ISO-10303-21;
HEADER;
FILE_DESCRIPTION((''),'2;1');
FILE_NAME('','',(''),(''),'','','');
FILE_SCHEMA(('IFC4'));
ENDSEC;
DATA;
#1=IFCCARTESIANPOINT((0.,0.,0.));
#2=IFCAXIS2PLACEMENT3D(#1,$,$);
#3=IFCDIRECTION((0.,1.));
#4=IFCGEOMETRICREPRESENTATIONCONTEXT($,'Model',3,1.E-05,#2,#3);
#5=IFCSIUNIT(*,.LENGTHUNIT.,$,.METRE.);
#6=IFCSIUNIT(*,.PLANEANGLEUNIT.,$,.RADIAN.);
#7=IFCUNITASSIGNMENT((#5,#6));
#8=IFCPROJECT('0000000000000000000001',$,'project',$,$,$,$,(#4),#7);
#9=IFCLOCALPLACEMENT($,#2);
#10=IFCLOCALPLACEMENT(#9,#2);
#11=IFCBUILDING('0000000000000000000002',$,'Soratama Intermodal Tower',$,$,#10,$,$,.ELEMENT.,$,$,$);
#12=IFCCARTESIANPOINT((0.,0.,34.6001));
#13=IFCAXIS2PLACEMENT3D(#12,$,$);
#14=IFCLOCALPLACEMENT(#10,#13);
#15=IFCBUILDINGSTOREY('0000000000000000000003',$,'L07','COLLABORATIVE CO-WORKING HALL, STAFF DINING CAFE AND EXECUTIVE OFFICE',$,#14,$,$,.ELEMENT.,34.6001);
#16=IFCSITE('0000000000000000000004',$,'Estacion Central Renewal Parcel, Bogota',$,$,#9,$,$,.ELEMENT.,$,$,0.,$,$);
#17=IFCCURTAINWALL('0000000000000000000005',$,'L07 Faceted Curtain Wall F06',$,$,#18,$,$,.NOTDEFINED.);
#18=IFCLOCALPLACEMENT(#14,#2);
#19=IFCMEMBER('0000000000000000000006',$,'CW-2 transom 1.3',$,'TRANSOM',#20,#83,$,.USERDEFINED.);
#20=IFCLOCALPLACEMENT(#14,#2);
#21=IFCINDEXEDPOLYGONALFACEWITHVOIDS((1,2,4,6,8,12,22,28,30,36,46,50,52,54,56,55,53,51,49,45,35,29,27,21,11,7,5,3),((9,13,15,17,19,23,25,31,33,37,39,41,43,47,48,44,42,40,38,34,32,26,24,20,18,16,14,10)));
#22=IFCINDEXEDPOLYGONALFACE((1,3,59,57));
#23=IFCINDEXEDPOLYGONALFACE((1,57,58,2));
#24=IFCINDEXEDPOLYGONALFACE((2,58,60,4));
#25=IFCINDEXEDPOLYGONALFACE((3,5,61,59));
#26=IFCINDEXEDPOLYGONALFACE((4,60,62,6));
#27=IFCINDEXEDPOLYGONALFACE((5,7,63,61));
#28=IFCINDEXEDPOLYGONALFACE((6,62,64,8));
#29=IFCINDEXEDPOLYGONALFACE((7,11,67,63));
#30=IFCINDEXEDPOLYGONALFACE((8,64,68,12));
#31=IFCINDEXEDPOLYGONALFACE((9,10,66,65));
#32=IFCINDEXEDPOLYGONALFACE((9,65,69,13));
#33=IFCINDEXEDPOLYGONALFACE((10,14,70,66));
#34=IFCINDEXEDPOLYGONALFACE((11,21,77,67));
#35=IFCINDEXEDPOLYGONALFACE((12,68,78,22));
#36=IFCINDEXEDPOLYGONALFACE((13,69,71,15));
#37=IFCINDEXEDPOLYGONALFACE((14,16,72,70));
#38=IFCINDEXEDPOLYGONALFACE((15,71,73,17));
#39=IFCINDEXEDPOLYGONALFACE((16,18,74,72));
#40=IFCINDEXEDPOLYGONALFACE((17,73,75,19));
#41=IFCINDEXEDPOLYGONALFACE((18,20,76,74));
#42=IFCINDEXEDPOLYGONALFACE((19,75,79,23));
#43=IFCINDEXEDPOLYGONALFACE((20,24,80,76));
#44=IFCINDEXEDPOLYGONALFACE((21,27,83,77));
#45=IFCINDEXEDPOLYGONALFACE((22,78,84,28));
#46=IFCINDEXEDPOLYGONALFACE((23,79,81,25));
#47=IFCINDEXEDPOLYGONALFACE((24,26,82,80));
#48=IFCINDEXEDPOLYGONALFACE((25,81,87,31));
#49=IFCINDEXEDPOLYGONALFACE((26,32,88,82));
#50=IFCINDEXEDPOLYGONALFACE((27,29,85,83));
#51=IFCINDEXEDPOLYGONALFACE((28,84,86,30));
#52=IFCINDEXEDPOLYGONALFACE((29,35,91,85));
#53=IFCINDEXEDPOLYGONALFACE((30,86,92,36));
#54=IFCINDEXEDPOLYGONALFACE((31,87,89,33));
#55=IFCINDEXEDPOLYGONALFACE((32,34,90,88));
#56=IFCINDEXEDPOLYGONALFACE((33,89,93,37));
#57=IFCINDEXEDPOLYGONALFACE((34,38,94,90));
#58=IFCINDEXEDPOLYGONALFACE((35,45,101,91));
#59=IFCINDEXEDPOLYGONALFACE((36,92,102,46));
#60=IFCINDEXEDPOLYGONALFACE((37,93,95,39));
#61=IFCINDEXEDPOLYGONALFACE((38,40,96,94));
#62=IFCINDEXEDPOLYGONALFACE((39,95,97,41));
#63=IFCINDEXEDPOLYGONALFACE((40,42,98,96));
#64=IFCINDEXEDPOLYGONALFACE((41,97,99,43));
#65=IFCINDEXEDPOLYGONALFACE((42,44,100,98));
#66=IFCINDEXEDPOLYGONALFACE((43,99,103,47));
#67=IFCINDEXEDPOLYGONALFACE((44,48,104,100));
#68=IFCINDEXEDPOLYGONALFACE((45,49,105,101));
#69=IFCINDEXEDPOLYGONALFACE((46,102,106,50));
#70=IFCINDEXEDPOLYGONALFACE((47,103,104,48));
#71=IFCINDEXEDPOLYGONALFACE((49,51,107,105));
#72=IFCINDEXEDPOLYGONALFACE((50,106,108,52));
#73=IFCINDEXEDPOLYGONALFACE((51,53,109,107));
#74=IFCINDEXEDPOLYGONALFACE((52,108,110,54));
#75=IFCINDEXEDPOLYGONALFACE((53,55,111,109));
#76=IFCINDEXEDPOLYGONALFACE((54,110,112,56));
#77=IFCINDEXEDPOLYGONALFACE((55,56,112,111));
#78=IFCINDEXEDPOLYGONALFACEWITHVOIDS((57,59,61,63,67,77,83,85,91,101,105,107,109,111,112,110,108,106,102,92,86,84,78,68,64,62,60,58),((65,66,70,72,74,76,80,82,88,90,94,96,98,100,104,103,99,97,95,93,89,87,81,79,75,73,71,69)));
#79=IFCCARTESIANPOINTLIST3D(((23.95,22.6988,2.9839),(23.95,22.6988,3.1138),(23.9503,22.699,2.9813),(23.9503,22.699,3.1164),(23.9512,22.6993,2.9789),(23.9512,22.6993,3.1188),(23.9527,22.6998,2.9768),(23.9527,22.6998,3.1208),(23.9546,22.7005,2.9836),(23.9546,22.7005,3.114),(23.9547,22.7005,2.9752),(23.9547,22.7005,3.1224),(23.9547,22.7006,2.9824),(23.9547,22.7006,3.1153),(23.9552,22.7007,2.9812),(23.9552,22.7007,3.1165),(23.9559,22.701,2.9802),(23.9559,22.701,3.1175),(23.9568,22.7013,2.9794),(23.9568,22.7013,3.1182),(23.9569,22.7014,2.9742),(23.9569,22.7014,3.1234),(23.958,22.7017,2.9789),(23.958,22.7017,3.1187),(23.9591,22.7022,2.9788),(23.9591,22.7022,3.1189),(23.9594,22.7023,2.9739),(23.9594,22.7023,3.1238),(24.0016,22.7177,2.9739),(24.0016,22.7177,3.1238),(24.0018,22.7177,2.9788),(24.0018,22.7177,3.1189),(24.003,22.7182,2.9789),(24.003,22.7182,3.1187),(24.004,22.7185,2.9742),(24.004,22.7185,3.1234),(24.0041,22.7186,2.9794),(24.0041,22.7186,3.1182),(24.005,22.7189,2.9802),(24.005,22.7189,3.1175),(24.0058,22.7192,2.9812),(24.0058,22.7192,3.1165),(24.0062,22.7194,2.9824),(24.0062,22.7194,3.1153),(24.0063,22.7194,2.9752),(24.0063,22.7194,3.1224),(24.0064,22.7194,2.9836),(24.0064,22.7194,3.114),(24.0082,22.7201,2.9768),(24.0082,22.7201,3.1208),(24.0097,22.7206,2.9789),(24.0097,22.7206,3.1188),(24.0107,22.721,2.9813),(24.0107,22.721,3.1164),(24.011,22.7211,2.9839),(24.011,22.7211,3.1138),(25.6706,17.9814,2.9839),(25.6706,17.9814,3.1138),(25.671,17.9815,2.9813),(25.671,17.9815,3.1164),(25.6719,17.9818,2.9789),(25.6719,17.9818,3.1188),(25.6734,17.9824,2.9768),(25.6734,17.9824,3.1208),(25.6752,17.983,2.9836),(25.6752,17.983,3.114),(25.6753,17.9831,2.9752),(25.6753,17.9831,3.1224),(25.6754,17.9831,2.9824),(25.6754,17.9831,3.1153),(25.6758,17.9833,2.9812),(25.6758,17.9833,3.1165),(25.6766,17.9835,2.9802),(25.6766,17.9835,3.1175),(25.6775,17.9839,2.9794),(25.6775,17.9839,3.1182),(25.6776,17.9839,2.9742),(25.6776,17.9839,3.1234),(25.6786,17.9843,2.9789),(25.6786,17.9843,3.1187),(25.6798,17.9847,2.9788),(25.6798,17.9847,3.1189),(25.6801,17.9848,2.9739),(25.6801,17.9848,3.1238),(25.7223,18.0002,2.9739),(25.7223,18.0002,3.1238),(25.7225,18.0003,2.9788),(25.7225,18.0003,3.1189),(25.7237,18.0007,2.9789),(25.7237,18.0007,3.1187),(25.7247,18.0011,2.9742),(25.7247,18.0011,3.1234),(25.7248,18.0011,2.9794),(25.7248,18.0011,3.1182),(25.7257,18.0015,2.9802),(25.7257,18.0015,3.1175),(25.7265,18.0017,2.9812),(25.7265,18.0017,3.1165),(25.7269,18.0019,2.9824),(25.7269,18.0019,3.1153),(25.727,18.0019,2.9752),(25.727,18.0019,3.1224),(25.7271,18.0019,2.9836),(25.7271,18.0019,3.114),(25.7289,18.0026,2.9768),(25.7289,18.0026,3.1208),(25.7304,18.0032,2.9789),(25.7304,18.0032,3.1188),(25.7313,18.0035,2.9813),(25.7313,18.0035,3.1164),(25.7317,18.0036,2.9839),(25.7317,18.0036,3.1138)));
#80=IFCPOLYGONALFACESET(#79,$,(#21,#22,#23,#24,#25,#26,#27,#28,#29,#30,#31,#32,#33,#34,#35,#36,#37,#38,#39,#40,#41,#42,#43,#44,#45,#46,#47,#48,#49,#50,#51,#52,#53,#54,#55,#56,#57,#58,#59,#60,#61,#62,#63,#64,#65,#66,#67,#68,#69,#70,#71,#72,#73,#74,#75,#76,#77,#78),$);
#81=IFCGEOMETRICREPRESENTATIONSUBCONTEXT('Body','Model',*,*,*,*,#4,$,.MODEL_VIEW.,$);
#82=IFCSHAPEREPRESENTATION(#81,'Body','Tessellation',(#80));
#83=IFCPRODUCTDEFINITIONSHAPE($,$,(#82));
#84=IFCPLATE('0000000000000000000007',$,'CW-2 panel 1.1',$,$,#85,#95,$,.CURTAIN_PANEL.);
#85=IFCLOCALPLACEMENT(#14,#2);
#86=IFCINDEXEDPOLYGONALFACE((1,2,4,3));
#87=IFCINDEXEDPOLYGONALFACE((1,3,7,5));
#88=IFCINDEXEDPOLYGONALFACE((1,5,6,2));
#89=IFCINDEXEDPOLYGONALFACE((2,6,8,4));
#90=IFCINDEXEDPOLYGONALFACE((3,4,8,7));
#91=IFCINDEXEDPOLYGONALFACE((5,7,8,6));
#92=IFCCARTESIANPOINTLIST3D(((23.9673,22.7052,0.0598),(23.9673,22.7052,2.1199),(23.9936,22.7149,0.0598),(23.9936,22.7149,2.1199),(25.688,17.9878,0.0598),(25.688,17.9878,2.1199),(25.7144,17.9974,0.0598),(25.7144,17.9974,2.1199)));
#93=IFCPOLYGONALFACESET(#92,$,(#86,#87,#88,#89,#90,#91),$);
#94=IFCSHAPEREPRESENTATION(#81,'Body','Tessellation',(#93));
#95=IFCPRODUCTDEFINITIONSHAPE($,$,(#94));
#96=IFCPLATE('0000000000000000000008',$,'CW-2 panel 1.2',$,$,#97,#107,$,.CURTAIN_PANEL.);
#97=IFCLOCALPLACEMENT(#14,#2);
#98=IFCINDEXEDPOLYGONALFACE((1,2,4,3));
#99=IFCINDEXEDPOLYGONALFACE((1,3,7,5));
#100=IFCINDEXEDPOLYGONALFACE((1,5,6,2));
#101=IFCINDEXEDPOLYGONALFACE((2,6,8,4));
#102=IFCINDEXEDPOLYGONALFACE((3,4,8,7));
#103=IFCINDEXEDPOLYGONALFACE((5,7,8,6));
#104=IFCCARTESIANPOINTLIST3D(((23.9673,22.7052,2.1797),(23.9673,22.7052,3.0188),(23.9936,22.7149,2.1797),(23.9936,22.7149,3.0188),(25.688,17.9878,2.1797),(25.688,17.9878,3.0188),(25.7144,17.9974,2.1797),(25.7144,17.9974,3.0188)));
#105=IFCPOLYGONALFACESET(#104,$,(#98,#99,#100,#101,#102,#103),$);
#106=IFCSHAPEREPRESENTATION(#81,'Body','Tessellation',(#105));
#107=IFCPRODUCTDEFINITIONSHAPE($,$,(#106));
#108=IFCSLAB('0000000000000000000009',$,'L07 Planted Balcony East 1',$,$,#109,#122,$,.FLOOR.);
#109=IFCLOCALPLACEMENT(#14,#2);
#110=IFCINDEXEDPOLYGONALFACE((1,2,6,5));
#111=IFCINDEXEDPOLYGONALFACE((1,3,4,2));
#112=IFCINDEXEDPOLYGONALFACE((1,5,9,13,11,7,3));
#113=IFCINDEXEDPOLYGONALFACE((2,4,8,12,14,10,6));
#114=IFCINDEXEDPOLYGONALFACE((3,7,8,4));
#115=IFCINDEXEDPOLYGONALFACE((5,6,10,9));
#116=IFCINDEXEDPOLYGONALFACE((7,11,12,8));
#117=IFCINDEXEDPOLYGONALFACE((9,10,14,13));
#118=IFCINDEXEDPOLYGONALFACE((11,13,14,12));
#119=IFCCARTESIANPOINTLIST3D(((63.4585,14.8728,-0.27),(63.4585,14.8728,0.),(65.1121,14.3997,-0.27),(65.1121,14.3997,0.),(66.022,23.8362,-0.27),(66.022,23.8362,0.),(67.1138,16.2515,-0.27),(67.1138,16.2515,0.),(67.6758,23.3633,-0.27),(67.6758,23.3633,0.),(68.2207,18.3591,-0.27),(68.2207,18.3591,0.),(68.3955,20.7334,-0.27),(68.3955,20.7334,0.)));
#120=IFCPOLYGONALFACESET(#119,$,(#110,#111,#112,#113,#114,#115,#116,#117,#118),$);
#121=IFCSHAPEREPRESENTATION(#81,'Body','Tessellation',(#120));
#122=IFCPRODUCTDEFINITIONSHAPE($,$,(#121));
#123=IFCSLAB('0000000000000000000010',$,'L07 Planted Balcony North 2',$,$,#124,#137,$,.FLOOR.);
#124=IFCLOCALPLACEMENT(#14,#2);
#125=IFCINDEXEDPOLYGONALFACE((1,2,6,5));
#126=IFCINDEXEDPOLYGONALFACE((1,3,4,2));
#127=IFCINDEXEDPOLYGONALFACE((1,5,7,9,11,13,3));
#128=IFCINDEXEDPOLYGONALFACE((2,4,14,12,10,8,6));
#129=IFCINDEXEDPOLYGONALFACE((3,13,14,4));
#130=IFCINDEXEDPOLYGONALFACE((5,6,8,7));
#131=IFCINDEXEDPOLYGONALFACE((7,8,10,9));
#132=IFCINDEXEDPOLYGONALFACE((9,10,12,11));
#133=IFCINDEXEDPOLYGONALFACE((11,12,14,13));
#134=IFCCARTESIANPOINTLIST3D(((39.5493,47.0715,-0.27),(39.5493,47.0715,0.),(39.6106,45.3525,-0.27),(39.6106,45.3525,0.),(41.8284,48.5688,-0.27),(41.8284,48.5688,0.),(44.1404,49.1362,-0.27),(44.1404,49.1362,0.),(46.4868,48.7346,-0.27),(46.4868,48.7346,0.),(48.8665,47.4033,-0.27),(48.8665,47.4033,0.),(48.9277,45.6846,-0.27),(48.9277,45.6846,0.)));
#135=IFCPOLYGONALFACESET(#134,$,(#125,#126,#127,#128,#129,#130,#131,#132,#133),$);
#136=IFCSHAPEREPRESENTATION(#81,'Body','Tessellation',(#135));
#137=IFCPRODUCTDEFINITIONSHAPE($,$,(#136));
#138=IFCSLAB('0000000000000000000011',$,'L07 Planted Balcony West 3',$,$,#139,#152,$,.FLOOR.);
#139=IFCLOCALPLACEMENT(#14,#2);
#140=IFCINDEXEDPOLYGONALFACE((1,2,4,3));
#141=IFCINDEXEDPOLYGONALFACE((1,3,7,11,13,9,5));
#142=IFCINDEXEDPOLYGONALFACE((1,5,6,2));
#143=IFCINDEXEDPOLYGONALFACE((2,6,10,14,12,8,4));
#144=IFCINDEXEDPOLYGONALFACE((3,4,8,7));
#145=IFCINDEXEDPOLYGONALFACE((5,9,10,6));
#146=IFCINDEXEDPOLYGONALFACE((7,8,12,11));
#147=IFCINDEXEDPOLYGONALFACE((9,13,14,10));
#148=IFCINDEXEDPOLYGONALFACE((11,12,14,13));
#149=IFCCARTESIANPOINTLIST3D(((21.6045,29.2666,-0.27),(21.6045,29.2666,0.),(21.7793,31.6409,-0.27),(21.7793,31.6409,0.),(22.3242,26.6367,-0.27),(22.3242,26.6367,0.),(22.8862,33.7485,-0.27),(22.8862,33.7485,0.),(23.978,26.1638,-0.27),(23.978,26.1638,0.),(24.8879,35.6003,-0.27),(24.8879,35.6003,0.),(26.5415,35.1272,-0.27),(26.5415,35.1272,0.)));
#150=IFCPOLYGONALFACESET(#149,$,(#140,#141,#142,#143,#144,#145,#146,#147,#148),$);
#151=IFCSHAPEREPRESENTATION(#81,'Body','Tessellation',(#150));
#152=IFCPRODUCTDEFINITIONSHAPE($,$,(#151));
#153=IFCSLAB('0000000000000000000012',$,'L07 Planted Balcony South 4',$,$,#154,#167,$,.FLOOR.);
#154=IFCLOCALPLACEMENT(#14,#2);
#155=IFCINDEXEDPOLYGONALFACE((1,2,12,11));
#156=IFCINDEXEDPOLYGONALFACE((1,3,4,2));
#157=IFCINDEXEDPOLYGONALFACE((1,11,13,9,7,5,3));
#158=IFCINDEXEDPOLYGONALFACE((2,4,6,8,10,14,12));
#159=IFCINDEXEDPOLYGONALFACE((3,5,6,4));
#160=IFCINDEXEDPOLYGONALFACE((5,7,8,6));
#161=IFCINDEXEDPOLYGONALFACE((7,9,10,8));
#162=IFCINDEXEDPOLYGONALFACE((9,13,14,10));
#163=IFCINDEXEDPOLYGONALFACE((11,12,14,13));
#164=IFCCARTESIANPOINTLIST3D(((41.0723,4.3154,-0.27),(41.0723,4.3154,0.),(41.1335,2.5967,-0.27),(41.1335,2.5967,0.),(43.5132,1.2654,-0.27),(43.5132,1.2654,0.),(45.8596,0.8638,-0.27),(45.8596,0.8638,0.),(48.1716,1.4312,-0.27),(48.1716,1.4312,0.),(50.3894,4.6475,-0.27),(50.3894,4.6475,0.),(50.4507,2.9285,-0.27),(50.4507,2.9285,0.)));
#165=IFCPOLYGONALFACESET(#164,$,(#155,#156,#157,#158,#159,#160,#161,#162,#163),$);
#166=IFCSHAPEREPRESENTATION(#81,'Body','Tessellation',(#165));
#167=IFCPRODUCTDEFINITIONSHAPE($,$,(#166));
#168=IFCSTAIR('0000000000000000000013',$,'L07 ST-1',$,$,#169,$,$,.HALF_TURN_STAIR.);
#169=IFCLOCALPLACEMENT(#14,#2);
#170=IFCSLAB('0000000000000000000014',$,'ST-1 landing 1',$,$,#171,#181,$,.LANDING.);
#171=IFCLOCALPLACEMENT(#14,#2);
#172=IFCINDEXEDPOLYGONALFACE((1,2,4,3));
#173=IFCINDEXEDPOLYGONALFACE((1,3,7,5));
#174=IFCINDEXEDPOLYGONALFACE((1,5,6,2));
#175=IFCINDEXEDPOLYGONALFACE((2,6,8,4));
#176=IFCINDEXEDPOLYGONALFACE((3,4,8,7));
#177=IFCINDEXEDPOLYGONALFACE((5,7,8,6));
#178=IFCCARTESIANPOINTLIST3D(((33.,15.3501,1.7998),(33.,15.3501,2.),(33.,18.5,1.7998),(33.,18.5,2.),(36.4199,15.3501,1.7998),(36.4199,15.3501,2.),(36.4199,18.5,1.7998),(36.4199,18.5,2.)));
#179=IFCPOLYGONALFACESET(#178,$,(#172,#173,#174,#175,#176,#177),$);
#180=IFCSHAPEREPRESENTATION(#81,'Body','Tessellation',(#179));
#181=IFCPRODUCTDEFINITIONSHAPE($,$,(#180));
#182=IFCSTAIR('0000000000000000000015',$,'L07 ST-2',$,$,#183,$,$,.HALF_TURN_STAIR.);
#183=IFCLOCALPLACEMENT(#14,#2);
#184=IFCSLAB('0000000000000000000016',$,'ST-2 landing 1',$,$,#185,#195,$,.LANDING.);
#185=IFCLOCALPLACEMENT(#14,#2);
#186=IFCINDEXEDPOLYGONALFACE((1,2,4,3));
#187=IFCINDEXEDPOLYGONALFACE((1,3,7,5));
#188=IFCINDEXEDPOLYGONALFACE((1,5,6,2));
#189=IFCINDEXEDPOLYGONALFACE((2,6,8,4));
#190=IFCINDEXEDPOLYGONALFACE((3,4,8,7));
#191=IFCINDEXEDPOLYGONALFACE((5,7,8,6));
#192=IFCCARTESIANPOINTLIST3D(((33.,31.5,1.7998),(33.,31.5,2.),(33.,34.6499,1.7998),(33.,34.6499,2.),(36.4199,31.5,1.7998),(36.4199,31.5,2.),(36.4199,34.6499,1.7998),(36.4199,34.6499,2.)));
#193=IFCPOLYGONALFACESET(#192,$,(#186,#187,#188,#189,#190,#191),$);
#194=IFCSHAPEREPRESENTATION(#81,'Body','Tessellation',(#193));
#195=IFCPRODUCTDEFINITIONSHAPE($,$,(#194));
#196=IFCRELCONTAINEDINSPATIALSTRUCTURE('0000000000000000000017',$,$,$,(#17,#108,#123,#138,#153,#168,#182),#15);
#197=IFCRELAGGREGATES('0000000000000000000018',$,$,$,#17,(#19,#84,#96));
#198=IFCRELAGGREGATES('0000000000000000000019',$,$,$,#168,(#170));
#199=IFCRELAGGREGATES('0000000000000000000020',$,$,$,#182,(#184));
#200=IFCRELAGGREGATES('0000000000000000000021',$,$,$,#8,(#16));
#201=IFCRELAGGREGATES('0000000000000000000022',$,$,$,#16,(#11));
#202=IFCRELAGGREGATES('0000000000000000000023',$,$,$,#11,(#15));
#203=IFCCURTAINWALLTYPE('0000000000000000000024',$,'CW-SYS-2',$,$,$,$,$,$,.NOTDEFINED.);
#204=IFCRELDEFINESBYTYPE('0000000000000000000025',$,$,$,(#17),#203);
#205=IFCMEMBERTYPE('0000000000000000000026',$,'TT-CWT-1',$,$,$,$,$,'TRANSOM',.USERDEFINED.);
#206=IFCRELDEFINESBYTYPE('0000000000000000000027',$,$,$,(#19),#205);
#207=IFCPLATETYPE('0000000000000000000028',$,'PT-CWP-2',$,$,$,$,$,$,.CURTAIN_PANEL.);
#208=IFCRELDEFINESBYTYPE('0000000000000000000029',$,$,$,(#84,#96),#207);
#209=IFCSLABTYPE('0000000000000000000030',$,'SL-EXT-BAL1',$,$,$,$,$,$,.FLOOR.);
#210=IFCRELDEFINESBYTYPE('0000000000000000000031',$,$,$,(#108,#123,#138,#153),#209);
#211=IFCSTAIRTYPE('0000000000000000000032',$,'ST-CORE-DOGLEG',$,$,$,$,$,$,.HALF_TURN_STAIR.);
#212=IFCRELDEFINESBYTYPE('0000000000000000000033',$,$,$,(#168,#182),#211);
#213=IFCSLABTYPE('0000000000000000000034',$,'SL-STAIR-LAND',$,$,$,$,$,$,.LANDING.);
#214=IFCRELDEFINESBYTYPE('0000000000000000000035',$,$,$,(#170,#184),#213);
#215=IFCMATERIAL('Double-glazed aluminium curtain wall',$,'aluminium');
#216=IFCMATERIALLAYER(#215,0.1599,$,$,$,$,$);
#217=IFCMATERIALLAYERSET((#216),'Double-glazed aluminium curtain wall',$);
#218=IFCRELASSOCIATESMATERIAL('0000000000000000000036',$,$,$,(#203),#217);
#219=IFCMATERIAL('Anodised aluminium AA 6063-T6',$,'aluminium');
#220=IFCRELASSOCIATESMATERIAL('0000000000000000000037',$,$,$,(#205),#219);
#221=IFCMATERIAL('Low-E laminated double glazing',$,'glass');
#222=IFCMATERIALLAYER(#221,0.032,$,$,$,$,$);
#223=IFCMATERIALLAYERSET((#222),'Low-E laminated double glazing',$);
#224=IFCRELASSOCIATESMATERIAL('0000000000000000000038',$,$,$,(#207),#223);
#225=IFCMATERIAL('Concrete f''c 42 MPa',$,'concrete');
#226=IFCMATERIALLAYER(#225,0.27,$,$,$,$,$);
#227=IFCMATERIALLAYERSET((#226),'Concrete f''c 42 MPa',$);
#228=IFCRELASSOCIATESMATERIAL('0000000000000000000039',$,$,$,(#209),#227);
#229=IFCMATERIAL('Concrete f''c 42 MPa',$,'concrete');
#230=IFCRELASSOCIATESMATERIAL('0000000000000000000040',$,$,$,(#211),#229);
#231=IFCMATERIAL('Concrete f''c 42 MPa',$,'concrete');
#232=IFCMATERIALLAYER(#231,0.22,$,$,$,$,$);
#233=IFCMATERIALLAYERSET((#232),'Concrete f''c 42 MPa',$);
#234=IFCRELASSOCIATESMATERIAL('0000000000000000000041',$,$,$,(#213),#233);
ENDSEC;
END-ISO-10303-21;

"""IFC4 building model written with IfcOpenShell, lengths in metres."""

from ifc_helpers import new_model, si_unit, direction, frame, origin, origin_2d, place, context, subcontext, project, spatial, polyline, rectangle, hollow_rectangle, outline, extrude, material, layer, layer_set, material_profile, profile_set, type_object, element, aggregate, save


model = new_model("IFC4")

# Units and contexts
model_context = context("Model", 3, precision=1e-05, world=origin(), true_north=direction((0.0, 1.0)))
body_context = subcontext(model_context, "Body", "Model", "MODEL_VIEW")
ifc_project = project(units=[si_unit("LENGTHUNIT", "METRE"), si_unit("PLANEANGLEUNIT", "RADIAN")], contexts=[model_context])

# Site, building, storey
site_placement = place(None, origin())
site = spatial("IfcSite", under=ifc_project, at=site_placement, Name="Estacion Central Renewal Parcel, Bogota", CompositionType="ELEMENT", RefElevation=0.0)
building_placement = place(site_placement, origin())
building = spatial("IfcBuilding", under=site, at=building_placement, Name="Soratama Intermodal Tower", CompositionType="ELEMENT")
storey_placement = place(building_placement, frame((0.0, 0.0, 34.6001)))
storey = spatial("IfcBuildingStorey", under=building, at=storey_placement, Name="L07", Description="COLLABORATIVE CO-WORKING HALL, STAFF DINING CAFE AND EXECUTIVE OFFICE", CompositionType="ELEMENT", Elevation=34.6001)

# Curtain wall, member, plates
ifc_material_1 = material(Name="Double-glazed aluminium curtain wall", Category="aluminium")
ifc_layer_1 = layer(ifc_material_1, 0.1599)
ifc_layer_set_1 = layer_set([ifc_layer_1], Name="Double-glazed aluminium curtain wall")
curtain_wall_type = type_object("IfcCurtainWallType", Name="CW-SYS-2", PredefinedType="NOTDEFINED", material=ifc_layer_set_1)
curtain_wall_placement = place(storey_placement, origin())
curtain_wall = element("IfcCurtainWall", 1, at=curtain_wall_placement, inside=storey, type_object=curtain_wall_type, Name="L07 Faceted Curtain Wall F06", PredefinedType="NOTDEFINED")
ifc_material_2 = material(Name="Anodised aluminium AA 6063-T6", Category="aluminium")
ifc_material_profile_1 = material_profile(ifc_material_2, hollow_rectangle(XDim=0.0649, YDim=0.1499, WallThickness=0.0049, InnerFilletRadius=0.0049, OuterFilletRadius=0.01, at=origin_2d()), Name="CWT150X65X5")
ifc_profile_set_1 = profile_set([ifc_material_profile_1], Name="Anodised aluminium AA 6063-T6")
member_type_1 = type_object("IfcMemberType", Name="TT-CWT-1", ElementType="TRANSOM", PredefinedType="USERDEFINED", material=ifc_profile_set_1)
member_1_placement = place(storey_placement, frame((23.9805, 22.71, 3.0488), z_axis=(0.342664, -0.939458, 0.0), x_axis=(0.939458, 0.342664, 0.0)))
member_1 = element("IfcMember", 2, at=member_1_placement, type_object=member_type_1, Name="CW-2 transom 1.3", ObjectType="TRANSOM", PredefinedType="USERDEFINED", context=body_context, shape_type="SweptSolid", body=[
    extrude(hollow_rectangle(XDim=0.0649, YDim=0.1499, WallThickness=0.0049, InnerFilletRadius=0.0049, OuterFilletRadius=0.01, at=origin_2d()), origin(), (0.0, 0.0, 1.0), 5.0215),
])
ifc_material_3 = material(Name="Low-E laminated double glazing", Category="glass")
ifc_layer_2 = layer(ifc_material_3, 0.032)
ifc_layer_set_2 = layer_set([ifc_layer_2], Name="Low-E laminated double glazing")
plate_type = type_object("IfcPlateType", Name="PT-CWP-2", PredefinedType="CURTAIN_PANEL", material=ifc_layer_set_2)
plate_1_placement = place(storey_placement, frame((24.8408, 20.3513, 0.0598), z_axis=(0.0, 0.0, 1.0), x_axis=(0.342679, -0.939453, 0.0)))
plate_1 = element("IfcPlate", 3, at=plate_1_placement, type_object=plate_type, Name="CW-2 panel 1.1", PredefinedType="CURTAIN_PANEL", context=body_context, shape_type="SweptSolid", body=[
    extrude(rectangle(XDim=5.0215, YDim=0.0281, at=origin_2d()), origin(), (0.0, 0.0, 1.0), 2.0601),
])
plate_2_placement = place(storey_placement, frame((24.8408, 20.3513, 2.1797), z_axis=(0.0, 0.0, 1.0), x_axis=(0.342679, -0.939453, 0.0)))
plate_2 = element("IfcPlate", 4, at=plate_2_placement, type_object=plate_type, Name="CW-2 panel 1.2", PredefinedType="CURTAIN_PANEL", context=body_context, shape_type="SweptSolid", body=[
    extrude(rectangle(XDim=5.0215, YDim=0.0281, at=origin_2d()), origin(), (0.0, 0.0, 1.0), 0.8391),
])
aggregate(curtain_wall, [member_1, plate_1, plate_2])

# Slabs
ifc_material_4 = material(Name="Concrete f'c 42 MPa", Category="concrete")
ifc_layer_3 = layer(ifc_material_4, 0.27)
ifc_layer_set_3 = layer_set([ifc_layer_3], Name="Concrete f'c 42 MPa")
slab_type_1 = type_object("IfcSlabType", Name="SL-EXT-BAL1", PredefinedType="FLOOR", material=ifc_layer_set_3)
slab_1_placement = place(storey_placement, frame((0.0, 0.0, -0.27)))
element("IfcSlab", 5, at=slab_1_placement, inside=storey, type_object=slab_type_1, Name="L07 Planted Balcony East 1", PredefinedType="FLOOR", context=body_context, shape_type="SweptSolid", body=[
    extrude(outline(polyline([(63.4585, 14.8728), (66.022, 23.8362), (67.6758, 23.3633), (68.3955, 20.7334), (68.2207, 18.3591), (67.1138, 16.2515), (65.1121, 14.3997), (63.4585, 14.8728)])), origin(), (0.0, 0.0, 1.0), 0.27),
])
slab_2_placement = place(storey_placement, frame((0.0, 0.0, -0.27)))
element("IfcSlab", 6, at=slab_2_placement, inside=storey, type_object=slab_type_1, Name="L07 Planted Balcony North 2", PredefinedType="FLOOR", context=body_context, shape_type="SweptSolid", body=[
    extrude(outline(polyline([(48.9277, 45.6846), (39.6106, 45.3525), (39.5493, 47.0715), (41.8284, 48.5688), (44.1404, 49.1362), (46.4868, 48.7346), (48.8665, 47.4033), (48.9277, 45.6846)])), origin(), (0.0, 0.0, 1.0), 0.27),
])
slab_3_placement = place(storey_placement, frame((0.0, 0.0, -0.27)))
element("IfcSlab", 7, at=slab_3_placement, inside=storey, type_object=slab_type_1, Name="L07 Planted Balcony West 3", PredefinedType="FLOOR", context=body_context, shape_type="SweptSolid", body=[
    extrude(outline(polyline([(26.5415, 35.1272), (23.978, 26.1638), (22.3242, 26.6367), (21.6045, 29.2666), (21.7793, 31.6409), (22.8862, 33.7485), (24.8879, 35.6003), (26.5415, 35.1272)])), origin(), (0.0, 0.0, 1.0), 0.27),
])
slab_4_placement = place(storey_placement, frame((0.0, 0.0, -0.27)))
element("IfcSlab", 8, at=slab_4_placement, inside=storey, type_object=slab_type_1, Name="L07 Planted Balcony South 4", PredefinedType="FLOOR", context=body_context, shape_type="SweptSolid", body=[
    extrude(outline(polyline([(41.0723, 4.3154), (50.3894, 4.6475), (50.4507, 2.9285), (48.1716, 1.4312), (45.8596, 0.8638), (43.5132, 1.2654), (41.1335, 2.5967), (41.0723, 4.3154)])), origin(), (0.0, 0.0, 1.0), 0.27),
])

# Stairs, slabs
ifc_material_5 = material(Name="Concrete f'c 42 MPa", Category="concrete")
stair_type = type_object("IfcStairType", Name="ST-CORE-DOGLEG", PredefinedType="HALF_TURN_STAIR", material=ifc_material_5)
stair_1_placement = place(storey_placement, origin())
stair_1 = element("IfcStair", 9, at=stair_1_placement, inside=storey, type_object=stair_type, Name="L07 ST-1", PredefinedType="HALF_TURN_STAIR")
ifc_material_6 = material(Name="Concrete f'c 42 MPa", Category="concrete")
ifc_layer_4 = layer(ifc_material_6, 0.22)
ifc_layer_set_4 = layer_set([ifc_layer_4], Name="Concrete f'c 42 MPa")
slab_type_2 = type_object("IfcSlabType", Name="SL-STAIR-LAND", PredefinedType="LANDING", material=ifc_layer_set_4)
slab_5_placement = place(storey_placement, frame((0.0, 0.0, 1.7998)))
slab_5 = element("IfcSlab", 10, at=slab_5_placement, type_object=slab_type_2, Name="ST-1 landing 1", PredefinedType="LANDING", context=body_context, shape_type="SweptSolid", body=[
    extrude(outline(polyline([(36.4199, 18.5), (33.0, 18.5), (33.0, 15.3501), (36.4199, 15.3501), (36.4199, 18.5)])), origin(), (0.0, 0.0, 1.0), 0.2002),
])
aggregate(stair_1, [slab_5])
stair_2_placement = place(storey_placement, origin())
stair_2 = element("IfcStair", 11, at=stair_2_placement, inside=storey, type_object=stair_type, Name="L07 ST-2", PredefinedType="HALF_TURN_STAIR")
slab_6_placement = place(storey_placement, frame((0.0, 0.0, 1.7998)))
slab_6 = element("IfcSlab", 12, at=slab_6_placement, type_object=slab_type_2, Name="ST-2 landing 1", PredefinedType="LANDING", context=body_context, shape_type="SweptSolid", body=[
    extrude(outline(polyline([(36.4199, 34.6499), (33.0, 34.6499), (33.0, 31.5), (36.4199, 31.5), (36.4199, 34.6499)])), origin(), (0.0, 0.0, 1.0), 0.2002),
])
aggregate(stair_2, [slab_6])

save(model, "model.ifc")
